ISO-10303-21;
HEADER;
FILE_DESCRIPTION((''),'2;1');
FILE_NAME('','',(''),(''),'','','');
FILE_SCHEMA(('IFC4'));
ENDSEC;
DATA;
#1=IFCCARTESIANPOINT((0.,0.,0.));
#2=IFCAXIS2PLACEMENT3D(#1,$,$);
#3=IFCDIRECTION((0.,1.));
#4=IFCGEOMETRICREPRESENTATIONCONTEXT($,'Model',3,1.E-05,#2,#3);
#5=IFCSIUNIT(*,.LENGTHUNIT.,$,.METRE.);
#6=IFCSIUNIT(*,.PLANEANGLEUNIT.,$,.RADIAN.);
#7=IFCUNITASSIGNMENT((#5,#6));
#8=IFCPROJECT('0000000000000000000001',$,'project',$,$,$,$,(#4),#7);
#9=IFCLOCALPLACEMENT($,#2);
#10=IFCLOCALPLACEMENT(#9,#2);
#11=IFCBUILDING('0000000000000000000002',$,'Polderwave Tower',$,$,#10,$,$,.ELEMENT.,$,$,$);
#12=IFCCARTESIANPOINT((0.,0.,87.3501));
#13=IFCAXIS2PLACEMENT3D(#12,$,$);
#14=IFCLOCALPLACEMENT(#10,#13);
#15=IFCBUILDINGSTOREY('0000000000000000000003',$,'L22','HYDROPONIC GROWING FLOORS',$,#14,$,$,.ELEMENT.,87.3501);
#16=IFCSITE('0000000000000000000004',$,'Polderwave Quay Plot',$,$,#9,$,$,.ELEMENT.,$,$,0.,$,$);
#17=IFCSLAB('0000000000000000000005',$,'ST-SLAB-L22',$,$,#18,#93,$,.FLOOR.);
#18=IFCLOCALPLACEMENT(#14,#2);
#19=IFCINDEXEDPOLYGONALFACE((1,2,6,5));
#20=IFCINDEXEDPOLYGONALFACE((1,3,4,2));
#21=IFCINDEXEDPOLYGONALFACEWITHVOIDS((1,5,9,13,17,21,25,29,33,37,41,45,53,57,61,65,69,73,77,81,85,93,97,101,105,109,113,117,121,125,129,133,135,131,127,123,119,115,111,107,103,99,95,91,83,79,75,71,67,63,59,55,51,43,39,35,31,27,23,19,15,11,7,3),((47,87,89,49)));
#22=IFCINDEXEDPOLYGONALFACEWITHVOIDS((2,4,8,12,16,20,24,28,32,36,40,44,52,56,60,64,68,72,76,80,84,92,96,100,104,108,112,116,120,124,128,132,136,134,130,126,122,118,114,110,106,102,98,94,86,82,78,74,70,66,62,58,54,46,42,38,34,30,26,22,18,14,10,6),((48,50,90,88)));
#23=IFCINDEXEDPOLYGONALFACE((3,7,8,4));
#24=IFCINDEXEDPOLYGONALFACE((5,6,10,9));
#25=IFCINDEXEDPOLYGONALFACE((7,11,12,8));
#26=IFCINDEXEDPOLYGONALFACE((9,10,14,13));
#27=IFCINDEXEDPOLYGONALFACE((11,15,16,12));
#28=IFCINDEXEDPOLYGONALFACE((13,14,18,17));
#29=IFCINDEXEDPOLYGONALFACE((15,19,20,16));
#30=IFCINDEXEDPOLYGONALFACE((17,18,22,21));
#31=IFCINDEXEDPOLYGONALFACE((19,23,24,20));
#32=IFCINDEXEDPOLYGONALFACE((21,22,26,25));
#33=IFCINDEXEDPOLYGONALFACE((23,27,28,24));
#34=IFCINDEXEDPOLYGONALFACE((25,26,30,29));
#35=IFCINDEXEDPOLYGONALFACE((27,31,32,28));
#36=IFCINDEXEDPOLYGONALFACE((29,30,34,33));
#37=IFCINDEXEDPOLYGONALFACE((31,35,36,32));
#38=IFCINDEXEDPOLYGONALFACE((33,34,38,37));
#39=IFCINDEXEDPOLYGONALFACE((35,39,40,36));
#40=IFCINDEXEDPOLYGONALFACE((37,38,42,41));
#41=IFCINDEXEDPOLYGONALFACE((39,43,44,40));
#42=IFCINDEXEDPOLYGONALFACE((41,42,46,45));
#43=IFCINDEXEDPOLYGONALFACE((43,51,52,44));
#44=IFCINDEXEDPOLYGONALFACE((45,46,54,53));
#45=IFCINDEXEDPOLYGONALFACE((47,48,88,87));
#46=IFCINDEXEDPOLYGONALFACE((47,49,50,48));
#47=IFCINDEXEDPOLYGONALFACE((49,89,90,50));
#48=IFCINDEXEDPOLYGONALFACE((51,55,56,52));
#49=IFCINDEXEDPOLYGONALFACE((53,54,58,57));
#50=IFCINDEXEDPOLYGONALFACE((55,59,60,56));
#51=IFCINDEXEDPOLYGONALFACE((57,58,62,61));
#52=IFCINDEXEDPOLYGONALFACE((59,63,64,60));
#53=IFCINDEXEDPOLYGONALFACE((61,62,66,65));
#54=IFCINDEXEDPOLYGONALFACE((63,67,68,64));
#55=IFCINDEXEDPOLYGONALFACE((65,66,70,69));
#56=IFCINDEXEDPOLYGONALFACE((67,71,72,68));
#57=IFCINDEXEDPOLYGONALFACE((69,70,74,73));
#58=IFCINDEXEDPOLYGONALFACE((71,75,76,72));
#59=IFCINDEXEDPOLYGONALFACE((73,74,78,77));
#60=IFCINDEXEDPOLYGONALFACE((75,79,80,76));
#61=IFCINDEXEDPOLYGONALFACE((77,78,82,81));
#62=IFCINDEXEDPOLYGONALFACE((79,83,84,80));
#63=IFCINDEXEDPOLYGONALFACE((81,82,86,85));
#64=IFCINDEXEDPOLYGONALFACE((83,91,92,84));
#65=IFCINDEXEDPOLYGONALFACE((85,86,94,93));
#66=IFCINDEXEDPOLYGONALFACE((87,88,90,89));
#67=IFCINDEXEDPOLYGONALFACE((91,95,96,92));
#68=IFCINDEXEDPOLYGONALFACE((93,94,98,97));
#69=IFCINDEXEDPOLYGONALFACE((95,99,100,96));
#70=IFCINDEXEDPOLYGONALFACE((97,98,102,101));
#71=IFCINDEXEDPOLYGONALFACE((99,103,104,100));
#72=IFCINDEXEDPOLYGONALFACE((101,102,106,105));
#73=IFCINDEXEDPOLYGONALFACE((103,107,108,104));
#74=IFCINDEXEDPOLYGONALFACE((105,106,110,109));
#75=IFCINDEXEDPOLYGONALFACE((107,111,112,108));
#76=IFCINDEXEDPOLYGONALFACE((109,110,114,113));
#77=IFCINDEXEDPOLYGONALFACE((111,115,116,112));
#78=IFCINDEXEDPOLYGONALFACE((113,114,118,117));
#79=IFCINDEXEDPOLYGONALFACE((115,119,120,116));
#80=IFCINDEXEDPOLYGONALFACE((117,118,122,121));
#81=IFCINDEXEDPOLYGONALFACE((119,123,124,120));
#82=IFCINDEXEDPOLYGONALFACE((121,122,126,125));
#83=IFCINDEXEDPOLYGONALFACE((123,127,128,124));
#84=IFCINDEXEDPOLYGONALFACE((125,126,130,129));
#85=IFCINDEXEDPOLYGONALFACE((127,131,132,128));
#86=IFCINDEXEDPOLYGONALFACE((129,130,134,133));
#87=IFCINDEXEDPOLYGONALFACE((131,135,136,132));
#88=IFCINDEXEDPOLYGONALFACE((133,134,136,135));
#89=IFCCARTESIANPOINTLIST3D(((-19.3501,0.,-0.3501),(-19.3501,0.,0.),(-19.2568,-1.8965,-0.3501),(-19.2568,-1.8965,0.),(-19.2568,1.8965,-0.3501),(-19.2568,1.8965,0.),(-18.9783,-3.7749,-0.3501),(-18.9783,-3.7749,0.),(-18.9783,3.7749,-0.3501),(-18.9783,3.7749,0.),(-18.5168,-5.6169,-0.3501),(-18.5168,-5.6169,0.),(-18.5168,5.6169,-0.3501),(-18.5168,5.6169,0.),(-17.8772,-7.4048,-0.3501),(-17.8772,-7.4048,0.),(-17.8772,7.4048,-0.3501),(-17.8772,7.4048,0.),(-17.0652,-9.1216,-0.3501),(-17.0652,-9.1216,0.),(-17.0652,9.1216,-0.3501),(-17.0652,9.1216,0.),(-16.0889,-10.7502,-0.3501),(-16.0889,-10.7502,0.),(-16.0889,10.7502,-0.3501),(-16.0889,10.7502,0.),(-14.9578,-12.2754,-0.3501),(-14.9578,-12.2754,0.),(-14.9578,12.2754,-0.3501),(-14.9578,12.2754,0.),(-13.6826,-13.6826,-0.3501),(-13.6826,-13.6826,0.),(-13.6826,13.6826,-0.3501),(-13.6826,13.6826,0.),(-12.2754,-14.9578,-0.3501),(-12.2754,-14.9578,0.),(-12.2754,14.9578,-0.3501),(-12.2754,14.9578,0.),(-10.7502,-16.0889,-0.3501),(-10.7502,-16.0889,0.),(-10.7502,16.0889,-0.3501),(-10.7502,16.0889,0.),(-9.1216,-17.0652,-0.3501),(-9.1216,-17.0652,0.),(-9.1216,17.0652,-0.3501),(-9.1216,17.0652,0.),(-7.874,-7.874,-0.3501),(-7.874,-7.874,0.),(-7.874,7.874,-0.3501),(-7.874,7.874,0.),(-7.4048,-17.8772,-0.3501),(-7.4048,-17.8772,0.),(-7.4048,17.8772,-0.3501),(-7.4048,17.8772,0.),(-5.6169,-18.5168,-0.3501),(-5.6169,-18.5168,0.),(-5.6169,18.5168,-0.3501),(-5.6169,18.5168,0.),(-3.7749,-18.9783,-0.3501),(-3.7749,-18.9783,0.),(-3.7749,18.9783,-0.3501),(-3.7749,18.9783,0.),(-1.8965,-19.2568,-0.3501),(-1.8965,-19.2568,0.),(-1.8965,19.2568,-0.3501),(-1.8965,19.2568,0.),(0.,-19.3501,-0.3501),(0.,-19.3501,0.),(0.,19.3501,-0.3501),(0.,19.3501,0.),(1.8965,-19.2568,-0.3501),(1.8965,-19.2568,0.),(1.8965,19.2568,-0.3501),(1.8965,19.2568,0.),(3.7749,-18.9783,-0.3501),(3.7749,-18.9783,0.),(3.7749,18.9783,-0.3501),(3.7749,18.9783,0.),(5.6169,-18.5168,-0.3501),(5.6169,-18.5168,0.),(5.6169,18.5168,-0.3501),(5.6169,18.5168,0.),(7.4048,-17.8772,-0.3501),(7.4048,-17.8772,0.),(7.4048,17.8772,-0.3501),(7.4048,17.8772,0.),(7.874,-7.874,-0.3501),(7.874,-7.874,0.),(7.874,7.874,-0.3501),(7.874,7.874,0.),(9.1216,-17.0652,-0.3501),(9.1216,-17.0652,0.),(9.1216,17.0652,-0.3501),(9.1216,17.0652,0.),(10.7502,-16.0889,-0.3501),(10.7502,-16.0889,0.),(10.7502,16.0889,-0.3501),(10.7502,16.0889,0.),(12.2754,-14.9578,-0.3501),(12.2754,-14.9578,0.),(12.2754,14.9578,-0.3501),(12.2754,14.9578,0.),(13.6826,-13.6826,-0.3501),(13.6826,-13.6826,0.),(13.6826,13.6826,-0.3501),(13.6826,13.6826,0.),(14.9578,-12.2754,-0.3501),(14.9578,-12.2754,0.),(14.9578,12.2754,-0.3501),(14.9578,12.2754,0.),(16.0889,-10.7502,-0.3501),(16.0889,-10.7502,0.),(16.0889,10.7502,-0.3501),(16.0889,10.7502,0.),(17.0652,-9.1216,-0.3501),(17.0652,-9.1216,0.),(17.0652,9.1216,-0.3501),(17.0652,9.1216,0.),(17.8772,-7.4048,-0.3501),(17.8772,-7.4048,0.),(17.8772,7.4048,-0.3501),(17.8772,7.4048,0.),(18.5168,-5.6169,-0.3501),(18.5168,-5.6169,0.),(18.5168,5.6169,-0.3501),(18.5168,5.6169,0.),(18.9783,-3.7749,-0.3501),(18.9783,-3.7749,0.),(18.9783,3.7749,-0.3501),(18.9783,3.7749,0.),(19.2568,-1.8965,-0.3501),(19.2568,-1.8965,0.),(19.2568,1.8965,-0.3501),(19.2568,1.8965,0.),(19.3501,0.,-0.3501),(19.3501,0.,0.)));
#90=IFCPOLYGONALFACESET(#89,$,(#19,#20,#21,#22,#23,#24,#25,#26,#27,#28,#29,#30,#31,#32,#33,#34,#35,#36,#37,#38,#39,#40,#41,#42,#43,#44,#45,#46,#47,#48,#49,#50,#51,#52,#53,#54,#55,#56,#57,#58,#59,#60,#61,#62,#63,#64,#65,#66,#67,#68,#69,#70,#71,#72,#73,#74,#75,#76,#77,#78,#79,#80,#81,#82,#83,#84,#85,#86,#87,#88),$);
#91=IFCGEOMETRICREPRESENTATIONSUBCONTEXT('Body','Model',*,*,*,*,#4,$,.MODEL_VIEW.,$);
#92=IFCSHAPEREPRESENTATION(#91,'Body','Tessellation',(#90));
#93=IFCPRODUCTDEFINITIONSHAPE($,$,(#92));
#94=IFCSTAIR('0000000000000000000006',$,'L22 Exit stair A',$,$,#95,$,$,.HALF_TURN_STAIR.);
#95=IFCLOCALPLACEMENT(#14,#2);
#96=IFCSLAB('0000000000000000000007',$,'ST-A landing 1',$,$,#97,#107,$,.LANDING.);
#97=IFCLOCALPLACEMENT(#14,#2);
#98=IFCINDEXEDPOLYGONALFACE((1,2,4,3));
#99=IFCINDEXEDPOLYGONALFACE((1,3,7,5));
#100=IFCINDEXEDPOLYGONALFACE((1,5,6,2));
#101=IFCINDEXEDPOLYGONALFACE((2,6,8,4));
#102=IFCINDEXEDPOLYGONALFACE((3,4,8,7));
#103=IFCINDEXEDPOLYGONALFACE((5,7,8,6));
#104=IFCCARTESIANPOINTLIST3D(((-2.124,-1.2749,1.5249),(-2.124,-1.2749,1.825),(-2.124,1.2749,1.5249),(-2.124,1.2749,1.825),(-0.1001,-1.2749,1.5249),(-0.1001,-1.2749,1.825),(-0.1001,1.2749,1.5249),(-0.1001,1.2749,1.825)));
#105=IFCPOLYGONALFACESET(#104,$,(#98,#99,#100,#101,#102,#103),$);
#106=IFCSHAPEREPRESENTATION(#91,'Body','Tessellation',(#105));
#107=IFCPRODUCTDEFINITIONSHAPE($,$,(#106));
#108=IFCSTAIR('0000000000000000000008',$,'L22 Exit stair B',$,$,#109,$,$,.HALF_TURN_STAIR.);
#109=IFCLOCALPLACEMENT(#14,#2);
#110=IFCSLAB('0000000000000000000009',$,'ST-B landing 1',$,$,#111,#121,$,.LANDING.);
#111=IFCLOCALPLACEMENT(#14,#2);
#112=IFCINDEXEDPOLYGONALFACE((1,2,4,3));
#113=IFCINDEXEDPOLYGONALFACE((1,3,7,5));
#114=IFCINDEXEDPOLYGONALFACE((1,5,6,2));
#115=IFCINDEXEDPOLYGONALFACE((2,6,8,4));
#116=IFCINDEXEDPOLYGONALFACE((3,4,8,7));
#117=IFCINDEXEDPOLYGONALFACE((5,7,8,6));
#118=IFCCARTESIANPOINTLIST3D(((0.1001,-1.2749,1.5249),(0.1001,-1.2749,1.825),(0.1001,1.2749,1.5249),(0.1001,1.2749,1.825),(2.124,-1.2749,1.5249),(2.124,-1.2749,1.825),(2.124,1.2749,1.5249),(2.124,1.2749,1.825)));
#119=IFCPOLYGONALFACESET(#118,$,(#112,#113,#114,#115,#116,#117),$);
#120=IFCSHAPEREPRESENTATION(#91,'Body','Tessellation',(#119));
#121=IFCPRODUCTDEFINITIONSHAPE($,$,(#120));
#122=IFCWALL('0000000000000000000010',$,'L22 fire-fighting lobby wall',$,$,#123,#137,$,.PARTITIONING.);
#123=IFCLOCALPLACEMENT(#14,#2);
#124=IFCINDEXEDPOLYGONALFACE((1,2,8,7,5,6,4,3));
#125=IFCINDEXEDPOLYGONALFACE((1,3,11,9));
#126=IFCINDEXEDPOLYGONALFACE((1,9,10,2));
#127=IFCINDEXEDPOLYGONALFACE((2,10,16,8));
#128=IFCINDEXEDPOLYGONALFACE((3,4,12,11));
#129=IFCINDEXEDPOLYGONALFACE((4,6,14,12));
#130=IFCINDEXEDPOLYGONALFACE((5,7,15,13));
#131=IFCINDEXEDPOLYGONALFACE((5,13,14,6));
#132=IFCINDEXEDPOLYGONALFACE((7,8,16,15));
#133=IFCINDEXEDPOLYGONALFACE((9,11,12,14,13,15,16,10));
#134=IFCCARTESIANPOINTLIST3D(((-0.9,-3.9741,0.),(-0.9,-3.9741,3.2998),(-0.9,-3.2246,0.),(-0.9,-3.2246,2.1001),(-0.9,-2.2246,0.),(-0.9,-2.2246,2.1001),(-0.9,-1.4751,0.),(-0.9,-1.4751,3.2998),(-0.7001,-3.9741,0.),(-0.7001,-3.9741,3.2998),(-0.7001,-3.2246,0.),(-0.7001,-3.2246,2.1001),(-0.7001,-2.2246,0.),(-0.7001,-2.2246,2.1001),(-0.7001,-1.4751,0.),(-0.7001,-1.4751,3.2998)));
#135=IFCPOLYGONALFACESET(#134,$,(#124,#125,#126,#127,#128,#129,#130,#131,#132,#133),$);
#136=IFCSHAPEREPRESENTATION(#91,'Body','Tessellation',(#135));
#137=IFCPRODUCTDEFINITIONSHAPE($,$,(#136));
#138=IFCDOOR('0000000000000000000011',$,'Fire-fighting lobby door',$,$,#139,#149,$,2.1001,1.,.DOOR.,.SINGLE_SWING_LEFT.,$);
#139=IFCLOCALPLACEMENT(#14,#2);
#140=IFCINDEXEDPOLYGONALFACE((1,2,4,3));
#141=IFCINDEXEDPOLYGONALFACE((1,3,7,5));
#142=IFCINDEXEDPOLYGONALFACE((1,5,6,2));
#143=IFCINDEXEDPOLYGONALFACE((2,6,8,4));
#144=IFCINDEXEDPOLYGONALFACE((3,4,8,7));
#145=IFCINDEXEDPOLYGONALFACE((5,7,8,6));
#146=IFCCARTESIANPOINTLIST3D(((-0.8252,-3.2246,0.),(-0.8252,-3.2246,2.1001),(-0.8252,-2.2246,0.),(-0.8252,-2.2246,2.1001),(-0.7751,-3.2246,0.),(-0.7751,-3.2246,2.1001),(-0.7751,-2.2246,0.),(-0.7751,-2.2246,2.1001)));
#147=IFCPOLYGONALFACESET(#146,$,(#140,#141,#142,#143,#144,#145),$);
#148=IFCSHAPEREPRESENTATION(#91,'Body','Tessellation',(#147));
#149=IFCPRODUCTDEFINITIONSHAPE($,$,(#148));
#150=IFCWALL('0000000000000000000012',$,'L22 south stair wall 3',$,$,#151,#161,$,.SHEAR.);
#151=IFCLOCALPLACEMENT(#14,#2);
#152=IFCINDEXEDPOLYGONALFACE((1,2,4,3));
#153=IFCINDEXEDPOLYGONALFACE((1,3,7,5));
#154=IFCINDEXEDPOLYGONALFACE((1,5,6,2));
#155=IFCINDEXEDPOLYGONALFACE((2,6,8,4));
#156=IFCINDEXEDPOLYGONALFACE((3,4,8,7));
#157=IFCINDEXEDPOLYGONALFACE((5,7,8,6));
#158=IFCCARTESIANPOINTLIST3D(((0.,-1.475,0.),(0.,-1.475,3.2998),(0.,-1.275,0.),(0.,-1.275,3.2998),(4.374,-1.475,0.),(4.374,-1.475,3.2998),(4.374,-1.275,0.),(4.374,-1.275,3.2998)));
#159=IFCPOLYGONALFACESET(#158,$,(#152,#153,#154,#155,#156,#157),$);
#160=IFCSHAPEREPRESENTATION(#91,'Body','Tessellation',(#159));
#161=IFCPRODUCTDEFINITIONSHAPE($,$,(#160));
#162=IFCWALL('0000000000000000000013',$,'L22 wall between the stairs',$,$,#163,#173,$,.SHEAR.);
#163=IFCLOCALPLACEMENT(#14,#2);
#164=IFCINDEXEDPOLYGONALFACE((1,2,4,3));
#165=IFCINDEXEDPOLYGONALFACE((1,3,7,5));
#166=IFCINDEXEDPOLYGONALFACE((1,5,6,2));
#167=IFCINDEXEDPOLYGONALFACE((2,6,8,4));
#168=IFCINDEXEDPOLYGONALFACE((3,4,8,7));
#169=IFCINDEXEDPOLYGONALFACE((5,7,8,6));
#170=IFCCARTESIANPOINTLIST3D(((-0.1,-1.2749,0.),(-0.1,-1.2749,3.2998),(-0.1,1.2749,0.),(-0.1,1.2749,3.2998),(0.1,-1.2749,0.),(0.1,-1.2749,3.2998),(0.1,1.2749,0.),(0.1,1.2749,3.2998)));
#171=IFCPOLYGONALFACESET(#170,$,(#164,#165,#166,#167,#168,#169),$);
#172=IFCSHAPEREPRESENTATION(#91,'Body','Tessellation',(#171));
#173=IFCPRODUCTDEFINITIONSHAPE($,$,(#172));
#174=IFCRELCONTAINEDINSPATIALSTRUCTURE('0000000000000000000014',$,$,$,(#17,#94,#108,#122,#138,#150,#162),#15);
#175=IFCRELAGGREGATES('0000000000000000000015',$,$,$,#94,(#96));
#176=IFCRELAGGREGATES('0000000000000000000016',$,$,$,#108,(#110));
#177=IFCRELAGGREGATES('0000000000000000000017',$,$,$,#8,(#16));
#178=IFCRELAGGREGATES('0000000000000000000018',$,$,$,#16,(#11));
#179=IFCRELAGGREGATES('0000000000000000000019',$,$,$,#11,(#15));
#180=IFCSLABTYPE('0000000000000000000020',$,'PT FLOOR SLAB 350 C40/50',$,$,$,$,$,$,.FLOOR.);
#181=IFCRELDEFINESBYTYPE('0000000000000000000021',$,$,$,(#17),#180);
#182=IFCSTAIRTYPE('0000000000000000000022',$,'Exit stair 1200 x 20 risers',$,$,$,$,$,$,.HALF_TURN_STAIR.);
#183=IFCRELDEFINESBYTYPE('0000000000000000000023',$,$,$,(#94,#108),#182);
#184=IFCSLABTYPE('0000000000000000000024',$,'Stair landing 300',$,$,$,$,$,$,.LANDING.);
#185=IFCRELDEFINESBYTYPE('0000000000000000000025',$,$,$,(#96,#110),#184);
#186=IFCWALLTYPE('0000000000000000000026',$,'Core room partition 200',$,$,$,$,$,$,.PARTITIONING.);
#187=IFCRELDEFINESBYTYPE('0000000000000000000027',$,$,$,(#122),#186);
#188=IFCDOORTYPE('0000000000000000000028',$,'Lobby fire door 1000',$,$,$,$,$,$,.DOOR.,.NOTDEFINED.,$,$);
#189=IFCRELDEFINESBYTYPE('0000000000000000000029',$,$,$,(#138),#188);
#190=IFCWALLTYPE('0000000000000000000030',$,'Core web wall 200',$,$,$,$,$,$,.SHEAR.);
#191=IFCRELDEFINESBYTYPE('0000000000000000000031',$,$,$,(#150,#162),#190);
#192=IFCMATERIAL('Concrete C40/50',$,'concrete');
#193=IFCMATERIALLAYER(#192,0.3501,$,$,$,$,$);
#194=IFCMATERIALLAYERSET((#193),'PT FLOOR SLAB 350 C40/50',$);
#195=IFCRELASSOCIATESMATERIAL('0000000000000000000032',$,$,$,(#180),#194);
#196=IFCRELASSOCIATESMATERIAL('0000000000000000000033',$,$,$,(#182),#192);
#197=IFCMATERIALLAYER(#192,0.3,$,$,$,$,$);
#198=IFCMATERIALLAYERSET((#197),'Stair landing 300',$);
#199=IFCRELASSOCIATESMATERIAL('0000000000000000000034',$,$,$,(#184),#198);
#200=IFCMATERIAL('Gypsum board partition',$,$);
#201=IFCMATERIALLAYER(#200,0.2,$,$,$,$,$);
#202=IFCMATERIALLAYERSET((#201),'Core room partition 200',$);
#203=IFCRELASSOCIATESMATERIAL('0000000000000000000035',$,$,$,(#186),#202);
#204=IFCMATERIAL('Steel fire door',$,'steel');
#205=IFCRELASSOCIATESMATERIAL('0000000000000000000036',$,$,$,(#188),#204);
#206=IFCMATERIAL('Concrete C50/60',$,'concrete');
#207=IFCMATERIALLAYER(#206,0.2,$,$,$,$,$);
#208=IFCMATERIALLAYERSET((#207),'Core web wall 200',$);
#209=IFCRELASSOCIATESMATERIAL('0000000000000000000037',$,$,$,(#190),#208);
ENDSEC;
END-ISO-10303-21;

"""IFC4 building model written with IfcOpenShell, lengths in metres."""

from ifc_helpers import new_model, si_unit, direction, frame, frame_2d, origin, place, context, subcontext, project, spatial, polyline, rectangle, outline, extrude, material, layer, layer_set, type_object, element, fill, aggregate, save


model = new_model("IFC4")

# Units and contexts
model_context = context("Model", 3, precision=1e-05, world=origin(), true_north=direction((0.0, 1.0)))
body_context = subcontext(model_context, "Body", "Model", "MODEL_VIEW")
ifc_project = project(units=[si_unit("LENGTHUNIT", "METRE"), si_unit("PLANEANGLEUNIT", "RADIAN")], contexts=[model_context])

# Site, building, storey
site_placement = place(None, origin())
site = spatial("IfcSite", under=ifc_project, at=site_placement, Name="Polderwave Quay Plot", CompositionType="ELEMENT", RefElevation=0.0)
building_placement = place(site_placement, origin())
building = spatial("IfcBuilding", under=site, at=building_placement, Name="Polderwave Tower", CompositionType="ELEMENT")
storey_placement = place(building_placement, frame((0.0, 0.0, 87.3501)))
storey = spatial("IfcBuildingStorey", under=building, at=storey_placement, Name="L22", Description="HYDROPONIC GROWING FLOORS", CompositionType="ELEMENT", Elevation=87.3501)

# Slab
ifc_material_1 = material(Name="Concrete C40/50", Category="concrete")
ifc_layer_1 = layer(ifc_material_1, 0.3501)
ifc_layer_set_1 = layer_set([ifc_layer_1], Name="PT FLOOR SLAB 350 C40/50")
slab_type_1 = type_object("IfcSlabType", Name="PT FLOOR SLAB 350 C40/50", PredefinedType="FLOOR", material=ifc_layer_set_1)
slab_1_placement = place(storey_placement, frame((0.0, 0.0, -0.3501)))
element("IfcSlab", 1, at=slab_1_placement, inside=storey, type_object=slab_type_1, Name="ST-SLAB-L22", PredefinedType="FLOOR", context=body_context, shape_type="SweptSolid", body=[
    extrude(outline(polyline([(19.3501, 0.0), (19.2568, 1.8965), (18.9783, 3.7749), (18.5168, 5.6169), (17.8772, 7.4048), (17.0652, 9.1216), (16.0889, 10.7502), (14.9578, 12.2754), (13.6826, 13.6826), (12.2754, 14.9578), (10.7502, 16.0889), (9.1216, 17.0652), (7.4048, 17.8772), (5.6169, 18.5168), (3.7749, 18.9783), (1.8965, 19.2568), (0.0, 19.3501), (-1.8965, 19.2568), (-3.7749, 18.9783), (-5.6169, 18.5168), (-7.4048, 17.8772), (-9.1216, 17.0652), (-10.7502, 16.0889), (-12.2754, 14.9578), (-13.6826, 13.6826), (-14.9578, 12.2754), (-16.0889, 10.7502), (-17.0652, 9.1216), (-17.8772, 7.4048), (-18.5168, 5.6169), (-18.9783, 3.7749), (-19.2568, 1.8965), (-19.3501, 0.0), (-19.2568, -1.8965), (-18.9783, -3.7749), (-18.5168, -5.6169), (-17.8772, -7.4048), (-17.0652, -9.1216), (-16.0889, -10.7502), (-14.9578, -12.2754), (-13.6826, -13.6826), (-12.2754, -14.9578), (-10.7502, -16.0889), (-9.1216, -17.0652), (-7.4048, -17.8772), (-5.6169, -18.5168), (-3.7749, -18.9783), (-1.8965, -19.2568), (0.0, -19.3501), (1.8965, -19.2568), (3.7749, -18.9783), (5.6169, -18.5168), (7.4048, -17.8772), (9.1216, -17.0652), (10.7502, -16.0889), (12.2754, -14.9578), (13.6826, -13.6826), (14.9578, -12.2754), (16.0889, -10.7502), (17.0652, -9.1216), (17.8772, -7.4048), (18.5168, -5.6169), (18.9783, -3.7749), (19.2568, -1.8965), (19.3501, 0.0)]), holes=[polyline([(-7.874, -7.874), (7.874, -7.874), (7.874, 7.874), (-7.874, 7.874), (-7.874, -7.874)])]), origin(), (0.0, 0.0, 1.0), 0.3501),
])

# Stairs, slabs
stair_type = type_object("IfcStairType", Name="Exit stair 1200 x 20 risers", PredefinedType="HALF_TURN_STAIR", material=ifc_material_1)
stair_1_placement = place(storey_placement, origin())
stair_1 = element("IfcStair", 2, at=stair_1_placement, inside=storey, type_object=stair_type, Name="L22 Exit stair A", PredefinedType="HALF_TURN_STAIR")
ifc_layer_2 = layer(ifc_material_1, 0.3)
ifc_layer_set_2 = layer_set([ifc_layer_2], Name="Stair landing 300")
slab_type_2 = type_object("IfcSlabType", Name="Stair landing 300", PredefinedType="LANDING", material=ifc_layer_set_2)
slab_2_placement = place(storey_placement, frame((0.0, 0.0, 1.5249)))
slab_2 = element("IfcSlab", 3, at=slab_2_placement, type_object=slab_type_2, Name="ST-A landing 1", PredefinedType="LANDING", context=body_context, shape_type="SweptSolid", body=[
    extrude(outline(polyline([(-2.124, -1.2749), (-0.1001, -1.2749), (-0.1001, 1.2749), (-2.124, 1.2749), (-2.124, -1.2749)])), origin(), (0.0, 0.0, 1.0), 0.3),
])
aggregate(stair_1, [slab_2])
stair_2_placement = place(storey_placement, origin())
stair_2 = element("IfcStair", 4, at=stair_2_placement, inside=storey, type_object=stair_type, Name="L22 Exit stair B", PredefinedType="HALF_TURN_STAIR")
slab_3_placement = place(storey_placement, frame((0.0, 0.0, 1.5249)))
slab_3 = element("IfcSlab", 5, at=slab_3_placement, type_object=slab_type_2, Name="ST-B landing 1", PredefinedType="LANDING", context=body_context, shape_type="SweptSolid", body=[
    extrude(outline(polyline([(2.124, 1.2749), (0.1001, 1.2749), (0.1001, -1.2749), (2.124, -1.2749), (2.124, 1.2749)])), origin(), (0.0, 0.0, 1.0), 0.3),
])
aggregate(stair_2, [slab_3])

# Wall, opening, door
ifc_material_2 = material(Name="Gypsum board partition")
ifc_layer_3 = layer(ifc_material_2, 0.2)
ifc_layer_set_3 = layer_set([ifc_layer_3], Name="Core room partition 200")
wall_type_1 = type_object("IfcWallType", Name="Core room partition 200", PredefinedType="PARTITIONING", material=ifc_layer_set_3)
wall_1_placement = place(storey_placement, frame((-0.8, -3.9741, 0.0), z_axis=(0.0, 0.0, 1.0), x_axis=(0.0, 1.0, 0.0)))
wall_1 = element("IfcWall", 6, at=wall_1_placement, inside=storey, type_object=wall_type_1, Name="L22 fire-fighting lobby wall", PredefinedType="PARTITIONING", context=body_context, shape_type="SweptSolid", body=[
    extrude(rectangle(XDim=2.499, YDim=0.2, at=frame_2d((1.2495, 0.0))), origin(), (0.0, 0.0, 1.0), 3.2998),
])
opening_placement = place(wall_1_placement, frame((0.7495, 0.0, 0.0)))
opening = element("IfcOpeningElement", 7, at=opening_placement, cuts=wall_1, PredefinedType="OPENING", context=body_context, shape_type="SweptSolid", body=[
    extrude(rectangle(XDim=1.0, YDim=2.1001, at=frame_2d((0.5, 1.05))), frame((0.0, 0.1099, 0.0), z_axis=(0.0, -1.0, 0.0), x_axis=(1.0, 0.0, 0.0)), (0.0, 0.0, 1.0), 0.22),
])
ifc_material_3 = material(Name="Steel fire door", Category="steel")
door_type = type_object("IfcDoorType", Name="Lobby fire door 1000", OperationType="NOTDEFINED", PredefinedType="DOOR", material=ifc_material_3)
door_placement = place(opening_placement, frame((1.0, 0.0, 0.0), z_axis=(0.0, 0.0, 1.0), x_axis=(-1.0, 0.0, 0.0)))
door = element("IfcDoor", 8, at=door_placement, inside=storey, type_object=door_type, Name="Fire-fighting lobby door", OperationType="SINGLE_SWING_LEFT", OverallHeight=2.1001, OverallWidth=1.0, PredefinedType="DOOR", context=body_context, shape_type="SweptSolid", body=[
    extrude(rectangle(XDim=1.0, YDim=2.1001, at=frame_2d((0.5, 1.05))), frame((0.0, 0.0249, 0.0), z_axis=(0.0, -1.0, 0.0), x_axis=(1.0, 0.0, 0.0)), (0.0, 0.0, 1.0), 0.05),
])
fill(opening, door)

# Walls
ifc_material_4 = material(Name="Concrete C50/60", Category="concrete")
ifc_layer_4 = layer(ifc_material_4, 0.2)
ifc_layer_set_4 = layer_set([ifc_layer_4], Name="Core web wall 200")
wall_type_2 = type_object("IfcWallType", Name="Core web wall 200", PredefinedType="SHEAR", material=ifc_layer_set_4)
wall_2_placement = place(storey_placement, frame((0.0, -1.375, 0.0), z_axis=(0.0, 0.0, 1.0), x_axis=(1.0, 0.0, 0.0)))
element("IfcWall", 9, at=wall_2_placement, inside=storey, type_object=wall_type_2, Name="L22 south stair wall 3", PredefinedType="SHEAR", context=body_context, shape_type="SweptSolid", body=[
    extrude(rectangle(XDim=4.374, YDim=0.2, at=frame_2d((2.187, 0.0))), origin(), (0.0, 0.0, 1.0), 3.2998),
])
wall_3_placement = place(storey_placement, frame((0.0, -1.2749, 0.0), z_axis=(0.0, 0.0, 1.0), x_axis=(0.0, 1.0, 0.0)))
element("IfcWall", 10, at=wall_3_placement, inside=storey, type_object=wall_type_2, Name="L22 wall between the stairs", PredefinedType="SHEAR", context=body_context, shape_type="SweptSolid", body=[
    extrude(rectangle(XDim=2.5498, YDim=0.2, at=frame_2d((1.2749, 0.0))), origin(), (0.0, 0.0, 1.0), 3.2998),
])

save(model, "model.ifc")
